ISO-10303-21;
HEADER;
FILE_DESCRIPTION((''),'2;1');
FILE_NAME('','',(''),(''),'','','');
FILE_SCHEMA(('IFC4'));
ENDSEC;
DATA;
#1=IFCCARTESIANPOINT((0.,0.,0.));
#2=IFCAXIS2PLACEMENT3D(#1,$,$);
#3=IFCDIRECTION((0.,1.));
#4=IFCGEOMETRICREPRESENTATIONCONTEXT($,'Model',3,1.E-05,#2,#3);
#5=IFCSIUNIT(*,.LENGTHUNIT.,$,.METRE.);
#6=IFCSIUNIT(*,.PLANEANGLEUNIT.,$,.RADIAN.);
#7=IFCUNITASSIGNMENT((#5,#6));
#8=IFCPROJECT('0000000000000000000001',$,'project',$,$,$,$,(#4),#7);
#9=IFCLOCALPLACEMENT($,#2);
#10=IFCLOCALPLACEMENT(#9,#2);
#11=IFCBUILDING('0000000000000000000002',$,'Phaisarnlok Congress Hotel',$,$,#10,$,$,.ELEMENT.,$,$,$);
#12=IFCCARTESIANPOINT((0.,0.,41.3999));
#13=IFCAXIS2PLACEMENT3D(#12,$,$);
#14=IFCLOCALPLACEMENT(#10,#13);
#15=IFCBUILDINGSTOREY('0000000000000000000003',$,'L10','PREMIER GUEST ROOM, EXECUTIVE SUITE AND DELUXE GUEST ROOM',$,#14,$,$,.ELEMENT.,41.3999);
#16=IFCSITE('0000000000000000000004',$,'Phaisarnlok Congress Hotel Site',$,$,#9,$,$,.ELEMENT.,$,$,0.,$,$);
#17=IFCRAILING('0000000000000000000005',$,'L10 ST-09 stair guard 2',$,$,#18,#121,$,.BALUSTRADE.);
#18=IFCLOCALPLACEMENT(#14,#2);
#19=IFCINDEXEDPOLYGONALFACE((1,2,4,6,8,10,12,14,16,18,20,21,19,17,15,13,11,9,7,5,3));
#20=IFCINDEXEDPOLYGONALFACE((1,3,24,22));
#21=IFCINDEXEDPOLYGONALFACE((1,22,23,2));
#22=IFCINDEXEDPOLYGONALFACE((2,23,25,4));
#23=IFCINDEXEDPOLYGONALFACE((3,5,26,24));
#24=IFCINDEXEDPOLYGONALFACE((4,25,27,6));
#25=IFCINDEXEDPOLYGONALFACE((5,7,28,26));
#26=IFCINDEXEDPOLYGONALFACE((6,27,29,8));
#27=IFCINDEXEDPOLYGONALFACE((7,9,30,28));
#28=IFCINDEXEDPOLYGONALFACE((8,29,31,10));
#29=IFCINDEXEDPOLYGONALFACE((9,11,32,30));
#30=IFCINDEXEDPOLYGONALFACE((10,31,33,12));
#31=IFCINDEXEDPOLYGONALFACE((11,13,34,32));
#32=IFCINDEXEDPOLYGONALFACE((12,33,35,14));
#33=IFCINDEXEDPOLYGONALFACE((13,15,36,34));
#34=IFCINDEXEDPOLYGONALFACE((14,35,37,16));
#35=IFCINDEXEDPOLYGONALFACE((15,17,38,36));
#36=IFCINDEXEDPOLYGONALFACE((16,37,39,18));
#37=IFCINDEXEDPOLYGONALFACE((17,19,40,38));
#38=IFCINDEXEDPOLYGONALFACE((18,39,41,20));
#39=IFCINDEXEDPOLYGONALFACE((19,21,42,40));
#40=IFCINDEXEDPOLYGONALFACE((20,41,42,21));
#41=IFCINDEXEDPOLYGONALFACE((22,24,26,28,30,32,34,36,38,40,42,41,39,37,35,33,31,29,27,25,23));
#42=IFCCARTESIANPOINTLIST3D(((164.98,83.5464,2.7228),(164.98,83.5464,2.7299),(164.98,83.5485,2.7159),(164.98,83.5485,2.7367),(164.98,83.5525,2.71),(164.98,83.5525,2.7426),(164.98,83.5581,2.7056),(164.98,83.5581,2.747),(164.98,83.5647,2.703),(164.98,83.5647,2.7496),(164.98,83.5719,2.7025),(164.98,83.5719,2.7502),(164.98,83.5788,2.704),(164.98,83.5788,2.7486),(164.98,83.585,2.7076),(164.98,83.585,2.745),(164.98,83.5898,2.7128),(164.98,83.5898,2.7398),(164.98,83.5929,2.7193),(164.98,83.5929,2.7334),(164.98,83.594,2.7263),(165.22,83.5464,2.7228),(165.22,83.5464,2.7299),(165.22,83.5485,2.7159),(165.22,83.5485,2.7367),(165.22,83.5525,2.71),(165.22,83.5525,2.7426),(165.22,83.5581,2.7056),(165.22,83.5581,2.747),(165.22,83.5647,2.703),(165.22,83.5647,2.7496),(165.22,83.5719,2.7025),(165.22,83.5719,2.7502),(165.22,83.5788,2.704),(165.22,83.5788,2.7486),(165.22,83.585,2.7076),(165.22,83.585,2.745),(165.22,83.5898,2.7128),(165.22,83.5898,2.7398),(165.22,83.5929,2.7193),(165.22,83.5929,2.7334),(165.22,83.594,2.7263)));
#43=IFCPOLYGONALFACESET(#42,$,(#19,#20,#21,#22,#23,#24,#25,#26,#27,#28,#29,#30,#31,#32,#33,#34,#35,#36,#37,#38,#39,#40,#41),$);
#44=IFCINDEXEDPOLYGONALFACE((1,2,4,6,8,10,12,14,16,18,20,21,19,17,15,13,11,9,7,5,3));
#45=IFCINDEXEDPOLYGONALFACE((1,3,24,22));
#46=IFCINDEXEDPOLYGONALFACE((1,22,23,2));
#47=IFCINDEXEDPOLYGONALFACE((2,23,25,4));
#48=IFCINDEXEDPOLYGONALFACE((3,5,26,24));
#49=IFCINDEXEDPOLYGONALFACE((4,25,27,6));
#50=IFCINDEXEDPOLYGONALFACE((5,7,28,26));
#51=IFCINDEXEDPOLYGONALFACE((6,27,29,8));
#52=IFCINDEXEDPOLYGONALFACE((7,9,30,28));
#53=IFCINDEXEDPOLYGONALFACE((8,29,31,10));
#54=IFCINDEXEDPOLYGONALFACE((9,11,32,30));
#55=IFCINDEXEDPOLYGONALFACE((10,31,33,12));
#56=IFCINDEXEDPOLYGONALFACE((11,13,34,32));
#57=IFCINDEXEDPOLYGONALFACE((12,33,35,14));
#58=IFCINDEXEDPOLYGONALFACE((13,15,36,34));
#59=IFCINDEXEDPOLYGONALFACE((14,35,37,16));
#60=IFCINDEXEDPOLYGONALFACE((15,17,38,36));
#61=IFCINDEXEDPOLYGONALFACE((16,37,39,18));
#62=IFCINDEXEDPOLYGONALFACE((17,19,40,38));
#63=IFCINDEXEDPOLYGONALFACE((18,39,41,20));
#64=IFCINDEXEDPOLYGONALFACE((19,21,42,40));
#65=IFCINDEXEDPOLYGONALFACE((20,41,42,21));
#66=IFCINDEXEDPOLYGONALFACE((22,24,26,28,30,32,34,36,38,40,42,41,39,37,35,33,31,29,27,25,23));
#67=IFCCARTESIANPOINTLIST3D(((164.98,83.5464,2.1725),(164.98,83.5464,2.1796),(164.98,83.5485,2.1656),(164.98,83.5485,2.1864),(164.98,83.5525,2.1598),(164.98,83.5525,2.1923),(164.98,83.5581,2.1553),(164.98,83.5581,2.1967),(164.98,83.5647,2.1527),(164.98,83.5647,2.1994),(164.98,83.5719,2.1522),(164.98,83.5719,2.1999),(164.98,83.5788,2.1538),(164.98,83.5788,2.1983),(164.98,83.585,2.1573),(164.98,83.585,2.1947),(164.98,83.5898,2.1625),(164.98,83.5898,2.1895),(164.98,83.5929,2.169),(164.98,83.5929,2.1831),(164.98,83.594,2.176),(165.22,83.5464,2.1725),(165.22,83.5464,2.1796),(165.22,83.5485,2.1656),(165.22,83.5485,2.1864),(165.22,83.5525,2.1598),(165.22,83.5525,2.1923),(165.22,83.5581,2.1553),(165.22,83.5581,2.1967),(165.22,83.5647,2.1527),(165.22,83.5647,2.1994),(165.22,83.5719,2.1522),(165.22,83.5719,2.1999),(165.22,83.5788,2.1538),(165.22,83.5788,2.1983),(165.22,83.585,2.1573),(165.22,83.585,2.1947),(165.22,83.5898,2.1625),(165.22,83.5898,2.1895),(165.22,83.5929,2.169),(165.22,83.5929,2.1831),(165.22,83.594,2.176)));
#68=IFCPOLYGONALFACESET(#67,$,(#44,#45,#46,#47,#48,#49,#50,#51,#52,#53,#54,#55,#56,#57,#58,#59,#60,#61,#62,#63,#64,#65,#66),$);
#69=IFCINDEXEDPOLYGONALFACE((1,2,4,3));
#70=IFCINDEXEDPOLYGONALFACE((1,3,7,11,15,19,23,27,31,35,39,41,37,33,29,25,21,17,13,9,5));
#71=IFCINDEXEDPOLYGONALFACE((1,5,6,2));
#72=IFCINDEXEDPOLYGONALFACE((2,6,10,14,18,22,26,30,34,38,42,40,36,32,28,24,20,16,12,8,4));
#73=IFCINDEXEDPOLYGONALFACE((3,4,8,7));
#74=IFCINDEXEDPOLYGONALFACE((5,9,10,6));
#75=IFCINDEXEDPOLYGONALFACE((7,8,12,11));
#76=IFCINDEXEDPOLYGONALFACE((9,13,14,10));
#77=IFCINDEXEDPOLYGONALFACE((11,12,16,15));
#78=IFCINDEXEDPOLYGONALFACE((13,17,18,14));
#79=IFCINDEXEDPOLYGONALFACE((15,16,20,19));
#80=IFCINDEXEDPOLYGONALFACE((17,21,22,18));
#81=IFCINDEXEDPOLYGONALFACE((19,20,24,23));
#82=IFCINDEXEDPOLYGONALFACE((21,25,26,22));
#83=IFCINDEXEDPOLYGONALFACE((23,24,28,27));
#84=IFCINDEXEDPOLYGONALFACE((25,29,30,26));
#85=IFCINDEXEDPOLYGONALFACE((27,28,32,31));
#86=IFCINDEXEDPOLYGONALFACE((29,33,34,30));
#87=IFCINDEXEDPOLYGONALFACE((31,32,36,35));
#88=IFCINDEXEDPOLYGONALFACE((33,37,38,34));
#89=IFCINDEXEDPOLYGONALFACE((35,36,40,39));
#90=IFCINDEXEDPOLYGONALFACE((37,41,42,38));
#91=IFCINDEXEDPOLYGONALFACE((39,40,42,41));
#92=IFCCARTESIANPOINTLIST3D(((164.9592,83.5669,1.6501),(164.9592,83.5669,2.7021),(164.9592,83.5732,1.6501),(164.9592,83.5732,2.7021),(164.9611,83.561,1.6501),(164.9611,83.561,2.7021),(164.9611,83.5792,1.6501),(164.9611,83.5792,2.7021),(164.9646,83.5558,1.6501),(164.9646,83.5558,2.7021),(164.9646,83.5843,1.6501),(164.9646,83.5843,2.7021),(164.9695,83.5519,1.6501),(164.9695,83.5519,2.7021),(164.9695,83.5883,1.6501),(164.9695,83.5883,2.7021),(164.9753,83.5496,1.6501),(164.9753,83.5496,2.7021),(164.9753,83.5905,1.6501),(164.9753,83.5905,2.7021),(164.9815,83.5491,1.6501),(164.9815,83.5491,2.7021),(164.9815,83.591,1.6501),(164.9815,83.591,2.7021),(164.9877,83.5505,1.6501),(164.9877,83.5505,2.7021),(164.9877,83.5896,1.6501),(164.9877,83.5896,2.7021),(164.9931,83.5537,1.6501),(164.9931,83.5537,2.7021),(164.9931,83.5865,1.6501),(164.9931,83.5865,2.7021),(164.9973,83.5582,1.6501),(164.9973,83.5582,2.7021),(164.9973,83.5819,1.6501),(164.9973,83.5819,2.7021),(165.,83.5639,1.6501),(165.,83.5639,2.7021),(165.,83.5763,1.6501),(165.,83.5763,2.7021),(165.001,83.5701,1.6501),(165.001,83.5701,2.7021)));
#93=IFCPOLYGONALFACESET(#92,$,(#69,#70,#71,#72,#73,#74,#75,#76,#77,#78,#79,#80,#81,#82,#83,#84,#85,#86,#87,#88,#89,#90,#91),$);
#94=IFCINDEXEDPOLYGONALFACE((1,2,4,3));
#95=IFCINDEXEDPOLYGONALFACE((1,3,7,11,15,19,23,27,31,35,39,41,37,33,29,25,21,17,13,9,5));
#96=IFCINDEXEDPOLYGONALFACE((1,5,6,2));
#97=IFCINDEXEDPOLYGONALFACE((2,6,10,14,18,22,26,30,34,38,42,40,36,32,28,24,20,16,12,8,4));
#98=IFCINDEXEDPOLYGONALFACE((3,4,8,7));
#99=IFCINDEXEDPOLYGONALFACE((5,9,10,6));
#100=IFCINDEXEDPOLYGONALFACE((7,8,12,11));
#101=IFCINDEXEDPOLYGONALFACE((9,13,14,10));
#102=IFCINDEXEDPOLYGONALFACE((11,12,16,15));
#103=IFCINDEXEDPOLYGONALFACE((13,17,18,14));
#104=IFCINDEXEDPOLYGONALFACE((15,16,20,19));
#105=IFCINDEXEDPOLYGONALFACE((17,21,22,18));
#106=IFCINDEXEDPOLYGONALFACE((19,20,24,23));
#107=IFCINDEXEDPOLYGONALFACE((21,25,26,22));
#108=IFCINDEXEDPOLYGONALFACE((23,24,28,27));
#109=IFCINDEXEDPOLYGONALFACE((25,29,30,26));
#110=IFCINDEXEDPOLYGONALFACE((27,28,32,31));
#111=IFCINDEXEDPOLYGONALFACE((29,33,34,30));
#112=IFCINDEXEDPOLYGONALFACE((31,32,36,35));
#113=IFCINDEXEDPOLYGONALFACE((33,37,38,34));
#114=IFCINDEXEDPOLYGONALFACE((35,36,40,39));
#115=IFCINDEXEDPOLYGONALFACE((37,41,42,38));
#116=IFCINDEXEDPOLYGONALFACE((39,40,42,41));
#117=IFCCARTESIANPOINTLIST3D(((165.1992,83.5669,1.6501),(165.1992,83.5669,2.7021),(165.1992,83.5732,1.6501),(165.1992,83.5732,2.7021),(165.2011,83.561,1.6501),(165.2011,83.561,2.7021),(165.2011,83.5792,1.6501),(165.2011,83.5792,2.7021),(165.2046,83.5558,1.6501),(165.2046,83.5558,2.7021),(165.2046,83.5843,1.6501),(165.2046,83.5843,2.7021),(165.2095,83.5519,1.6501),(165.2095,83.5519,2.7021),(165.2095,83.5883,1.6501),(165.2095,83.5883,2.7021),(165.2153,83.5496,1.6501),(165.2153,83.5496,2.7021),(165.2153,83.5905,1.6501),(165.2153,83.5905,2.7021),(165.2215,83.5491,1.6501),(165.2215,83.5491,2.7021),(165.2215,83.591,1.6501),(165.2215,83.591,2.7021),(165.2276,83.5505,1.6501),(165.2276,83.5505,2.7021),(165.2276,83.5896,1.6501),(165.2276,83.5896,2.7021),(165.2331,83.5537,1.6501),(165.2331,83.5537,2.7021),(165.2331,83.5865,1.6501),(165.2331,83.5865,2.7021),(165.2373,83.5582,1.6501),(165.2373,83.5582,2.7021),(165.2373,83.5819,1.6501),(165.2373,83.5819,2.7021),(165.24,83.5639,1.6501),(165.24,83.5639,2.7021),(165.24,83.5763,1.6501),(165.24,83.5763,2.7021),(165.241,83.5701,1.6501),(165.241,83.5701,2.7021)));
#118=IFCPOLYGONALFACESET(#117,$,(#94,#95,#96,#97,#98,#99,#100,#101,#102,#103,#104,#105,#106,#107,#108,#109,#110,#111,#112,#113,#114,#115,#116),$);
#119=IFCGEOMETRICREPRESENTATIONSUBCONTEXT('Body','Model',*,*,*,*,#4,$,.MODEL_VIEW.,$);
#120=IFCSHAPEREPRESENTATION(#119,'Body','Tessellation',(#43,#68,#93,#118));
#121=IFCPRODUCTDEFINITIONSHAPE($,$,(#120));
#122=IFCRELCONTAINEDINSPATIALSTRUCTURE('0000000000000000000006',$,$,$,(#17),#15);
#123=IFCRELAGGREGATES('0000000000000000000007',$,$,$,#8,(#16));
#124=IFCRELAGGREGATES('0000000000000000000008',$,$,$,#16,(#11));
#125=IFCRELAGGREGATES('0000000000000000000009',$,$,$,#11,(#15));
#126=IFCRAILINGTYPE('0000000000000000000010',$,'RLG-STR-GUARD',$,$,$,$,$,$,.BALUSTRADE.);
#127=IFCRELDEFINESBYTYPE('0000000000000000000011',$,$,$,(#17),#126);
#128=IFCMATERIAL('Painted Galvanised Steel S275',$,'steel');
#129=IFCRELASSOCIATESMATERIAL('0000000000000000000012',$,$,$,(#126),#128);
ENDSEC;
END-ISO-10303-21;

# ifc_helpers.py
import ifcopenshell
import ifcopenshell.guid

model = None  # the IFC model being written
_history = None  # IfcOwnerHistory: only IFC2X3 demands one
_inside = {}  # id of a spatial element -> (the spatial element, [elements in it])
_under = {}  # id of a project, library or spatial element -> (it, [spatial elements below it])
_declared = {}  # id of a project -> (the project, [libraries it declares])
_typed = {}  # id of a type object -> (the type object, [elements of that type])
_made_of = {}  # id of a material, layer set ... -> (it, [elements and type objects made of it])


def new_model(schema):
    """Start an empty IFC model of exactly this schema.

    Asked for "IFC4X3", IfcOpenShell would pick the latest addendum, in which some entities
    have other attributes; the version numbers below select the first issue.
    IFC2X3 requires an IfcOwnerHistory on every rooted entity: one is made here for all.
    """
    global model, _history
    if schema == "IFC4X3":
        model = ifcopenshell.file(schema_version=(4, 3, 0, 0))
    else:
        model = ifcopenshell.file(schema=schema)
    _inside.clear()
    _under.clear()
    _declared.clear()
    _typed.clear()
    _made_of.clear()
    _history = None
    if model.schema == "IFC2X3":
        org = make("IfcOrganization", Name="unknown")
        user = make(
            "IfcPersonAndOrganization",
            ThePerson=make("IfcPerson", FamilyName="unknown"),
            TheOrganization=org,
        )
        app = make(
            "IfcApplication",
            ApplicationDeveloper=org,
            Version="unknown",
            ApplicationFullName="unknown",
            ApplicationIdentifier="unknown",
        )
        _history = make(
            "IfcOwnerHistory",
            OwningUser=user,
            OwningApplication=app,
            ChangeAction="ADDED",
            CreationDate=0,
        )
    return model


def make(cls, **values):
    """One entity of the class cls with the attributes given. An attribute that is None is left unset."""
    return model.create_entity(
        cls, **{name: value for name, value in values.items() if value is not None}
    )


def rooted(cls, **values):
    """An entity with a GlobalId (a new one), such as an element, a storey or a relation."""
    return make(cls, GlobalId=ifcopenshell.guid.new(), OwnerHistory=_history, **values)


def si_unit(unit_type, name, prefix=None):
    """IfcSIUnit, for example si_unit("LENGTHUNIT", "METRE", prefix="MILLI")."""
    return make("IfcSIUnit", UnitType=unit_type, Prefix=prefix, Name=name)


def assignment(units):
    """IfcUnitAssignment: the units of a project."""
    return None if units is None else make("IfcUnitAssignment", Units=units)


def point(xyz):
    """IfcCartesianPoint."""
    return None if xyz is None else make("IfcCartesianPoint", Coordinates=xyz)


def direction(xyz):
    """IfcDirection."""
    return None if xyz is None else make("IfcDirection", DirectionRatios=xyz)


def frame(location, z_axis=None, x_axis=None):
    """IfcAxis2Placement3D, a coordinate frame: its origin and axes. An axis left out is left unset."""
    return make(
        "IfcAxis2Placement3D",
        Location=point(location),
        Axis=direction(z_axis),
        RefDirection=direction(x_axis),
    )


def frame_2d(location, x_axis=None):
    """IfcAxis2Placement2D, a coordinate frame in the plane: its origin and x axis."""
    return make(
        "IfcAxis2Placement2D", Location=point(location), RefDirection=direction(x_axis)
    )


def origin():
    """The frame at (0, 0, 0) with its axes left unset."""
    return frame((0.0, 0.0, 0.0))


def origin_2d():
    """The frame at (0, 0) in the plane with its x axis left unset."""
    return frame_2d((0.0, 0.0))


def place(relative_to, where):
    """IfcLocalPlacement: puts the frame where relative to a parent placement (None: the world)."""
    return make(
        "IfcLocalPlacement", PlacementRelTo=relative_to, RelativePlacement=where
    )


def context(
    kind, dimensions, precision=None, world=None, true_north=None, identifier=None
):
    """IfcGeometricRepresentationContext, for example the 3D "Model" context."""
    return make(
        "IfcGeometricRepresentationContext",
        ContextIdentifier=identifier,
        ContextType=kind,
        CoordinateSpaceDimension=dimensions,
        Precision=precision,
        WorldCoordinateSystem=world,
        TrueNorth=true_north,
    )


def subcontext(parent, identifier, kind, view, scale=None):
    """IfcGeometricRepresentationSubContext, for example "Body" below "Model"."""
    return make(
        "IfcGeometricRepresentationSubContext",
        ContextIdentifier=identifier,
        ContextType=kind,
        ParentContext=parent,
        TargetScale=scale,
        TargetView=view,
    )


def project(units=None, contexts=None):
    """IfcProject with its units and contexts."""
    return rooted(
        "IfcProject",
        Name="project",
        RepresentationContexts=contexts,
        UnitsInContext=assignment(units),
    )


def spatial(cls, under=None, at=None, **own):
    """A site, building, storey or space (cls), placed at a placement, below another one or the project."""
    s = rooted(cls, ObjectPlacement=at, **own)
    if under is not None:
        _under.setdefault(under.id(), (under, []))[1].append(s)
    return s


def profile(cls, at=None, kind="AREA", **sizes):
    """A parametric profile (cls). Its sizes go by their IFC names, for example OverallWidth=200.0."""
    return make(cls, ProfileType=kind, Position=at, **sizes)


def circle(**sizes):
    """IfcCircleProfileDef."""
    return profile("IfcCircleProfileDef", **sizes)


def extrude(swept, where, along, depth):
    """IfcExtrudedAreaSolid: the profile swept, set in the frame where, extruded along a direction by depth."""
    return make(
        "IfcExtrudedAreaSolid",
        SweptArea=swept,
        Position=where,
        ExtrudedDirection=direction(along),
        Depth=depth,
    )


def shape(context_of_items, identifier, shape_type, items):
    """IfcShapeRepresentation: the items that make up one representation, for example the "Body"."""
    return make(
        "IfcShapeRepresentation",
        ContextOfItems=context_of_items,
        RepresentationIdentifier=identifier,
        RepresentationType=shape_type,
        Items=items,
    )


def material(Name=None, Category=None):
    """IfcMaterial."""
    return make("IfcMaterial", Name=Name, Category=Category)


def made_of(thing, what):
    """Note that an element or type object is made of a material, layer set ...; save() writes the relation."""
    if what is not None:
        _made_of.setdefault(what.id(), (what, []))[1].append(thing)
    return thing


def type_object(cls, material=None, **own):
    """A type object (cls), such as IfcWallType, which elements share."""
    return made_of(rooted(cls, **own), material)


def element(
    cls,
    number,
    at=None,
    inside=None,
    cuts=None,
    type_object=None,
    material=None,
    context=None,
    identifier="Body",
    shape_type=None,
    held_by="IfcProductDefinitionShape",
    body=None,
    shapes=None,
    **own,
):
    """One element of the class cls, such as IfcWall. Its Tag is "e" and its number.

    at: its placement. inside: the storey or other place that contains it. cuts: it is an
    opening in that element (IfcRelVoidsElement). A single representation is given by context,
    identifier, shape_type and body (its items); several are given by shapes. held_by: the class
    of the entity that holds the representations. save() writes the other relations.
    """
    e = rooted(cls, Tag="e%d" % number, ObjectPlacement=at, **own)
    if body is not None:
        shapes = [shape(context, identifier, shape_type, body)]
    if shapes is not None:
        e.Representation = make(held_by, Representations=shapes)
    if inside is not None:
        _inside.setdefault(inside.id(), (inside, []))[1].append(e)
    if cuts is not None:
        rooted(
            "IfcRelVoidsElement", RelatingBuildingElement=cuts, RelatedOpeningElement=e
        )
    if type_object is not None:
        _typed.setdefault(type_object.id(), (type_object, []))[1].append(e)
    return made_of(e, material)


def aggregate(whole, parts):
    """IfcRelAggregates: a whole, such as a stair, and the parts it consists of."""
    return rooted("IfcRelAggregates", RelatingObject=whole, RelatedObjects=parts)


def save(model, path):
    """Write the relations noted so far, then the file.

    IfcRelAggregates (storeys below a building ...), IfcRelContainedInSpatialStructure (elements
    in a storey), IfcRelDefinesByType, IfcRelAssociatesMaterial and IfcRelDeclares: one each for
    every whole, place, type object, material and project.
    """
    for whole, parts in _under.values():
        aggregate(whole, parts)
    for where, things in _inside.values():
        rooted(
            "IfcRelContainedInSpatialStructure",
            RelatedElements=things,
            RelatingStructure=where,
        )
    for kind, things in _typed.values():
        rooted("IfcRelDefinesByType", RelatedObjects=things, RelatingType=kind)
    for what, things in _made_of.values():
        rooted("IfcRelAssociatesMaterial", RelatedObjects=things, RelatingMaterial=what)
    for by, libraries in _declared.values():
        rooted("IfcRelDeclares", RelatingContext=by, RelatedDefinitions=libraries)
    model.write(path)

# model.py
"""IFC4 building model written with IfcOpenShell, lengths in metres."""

from ifc_helpers import new_model, si_unit, direction, frame, origin, origin_2d, place, context, subcontext, project, spatial, circle, extrude, material, type_object, element, save


model = new_model("IFC4")

# Units and contexts
model_context = context("Model", 3, precision=1e-05, world=origin(), true_north=direction((0.0, 1.0)))
body_context = subcontext(model_context, "Body", "Model", "MODEL_VIEW")
ifc_project = project(units=[si_unit("LENGTHUNIT", "METRE"), si_unit("PLANEANGLEUNIT", "RADIAN")], contexts=[model_context])

# Site, building, storey
site_placement = place(None, origin())
site = spatial("IfcSite", under=ifc_project, at=site_placement, Name="Phaisarnlok Congress Hotel Site", CompositionType="ELEMENT", RefElevation=0.0)
building_placement = place(site_placement, origin())
building = spatial("IfcBuilding", under=site, at=building_placement, Name="Phaisarnlok Congress Hotel", CompositionType="ELEMENT")
storey_placement = place(building_placement, frame((0.0, 0.0, 41.3999)))
storey = spatial("IfcBuildingStorey", under=building, at=storey_placement, Name="L10", Description="PREMIER GUEST ROOM, EXECUTIVE SUITE AND DELUXE GUEST ROOM", CompositionType="ELEMENT", Elevation=41.3999)

# Railing
ifc_material_1 = material(Name="Painted Galvanised Steel S275", Category="steel")
railing_type_1 = type_object("IfcRailingType", Name="RLG-STR-GUARD", PredefinedType="BALUSTRADE", material=ifc_material_1)
railing_1_placement = place(storey_placement, frame((164.98, 83.5701, 1.6501)))
element("IfcRailing", 1, at=railing_1_placement, inside=storey, type_object=railing_type_1, Name="L10 ST-09 stair guard 2", PredefinedType="BALUSTRADE", context=body_context, shape_type="SweptSolid", body=[
    extrude(circle(Radius=0.0239, at=origin_2d()), frame((0.0, 0.0, 1.0762), z_axis=(1.0, 0.0, 0.0), x_axis=(0.0, 1.0, 0.0)), (0.0, 0.0, 1.0), 0.24),
    extrude(circle(Radius=0.0239, at=origin_2d()), frame((0.0, 0.0, 0.5259), z_axis=(1.0, 0.0, 0.0), x_axis=(0.0, 1.0, 0.0)), (0.0, 0.0, 1.0), 0.24),
    extrude(circle(Radius=0.021, at=origin_2d()), origin(), (0.0, 0.0, 1.0), 1.052),
    extrude(circle(Radius=0.021, at=origin_2d()), frame((0.24, 0.0, 0.0)), (0.0, 0.0, 1.0), 1.052),
])

save(model, "model.ifc")
